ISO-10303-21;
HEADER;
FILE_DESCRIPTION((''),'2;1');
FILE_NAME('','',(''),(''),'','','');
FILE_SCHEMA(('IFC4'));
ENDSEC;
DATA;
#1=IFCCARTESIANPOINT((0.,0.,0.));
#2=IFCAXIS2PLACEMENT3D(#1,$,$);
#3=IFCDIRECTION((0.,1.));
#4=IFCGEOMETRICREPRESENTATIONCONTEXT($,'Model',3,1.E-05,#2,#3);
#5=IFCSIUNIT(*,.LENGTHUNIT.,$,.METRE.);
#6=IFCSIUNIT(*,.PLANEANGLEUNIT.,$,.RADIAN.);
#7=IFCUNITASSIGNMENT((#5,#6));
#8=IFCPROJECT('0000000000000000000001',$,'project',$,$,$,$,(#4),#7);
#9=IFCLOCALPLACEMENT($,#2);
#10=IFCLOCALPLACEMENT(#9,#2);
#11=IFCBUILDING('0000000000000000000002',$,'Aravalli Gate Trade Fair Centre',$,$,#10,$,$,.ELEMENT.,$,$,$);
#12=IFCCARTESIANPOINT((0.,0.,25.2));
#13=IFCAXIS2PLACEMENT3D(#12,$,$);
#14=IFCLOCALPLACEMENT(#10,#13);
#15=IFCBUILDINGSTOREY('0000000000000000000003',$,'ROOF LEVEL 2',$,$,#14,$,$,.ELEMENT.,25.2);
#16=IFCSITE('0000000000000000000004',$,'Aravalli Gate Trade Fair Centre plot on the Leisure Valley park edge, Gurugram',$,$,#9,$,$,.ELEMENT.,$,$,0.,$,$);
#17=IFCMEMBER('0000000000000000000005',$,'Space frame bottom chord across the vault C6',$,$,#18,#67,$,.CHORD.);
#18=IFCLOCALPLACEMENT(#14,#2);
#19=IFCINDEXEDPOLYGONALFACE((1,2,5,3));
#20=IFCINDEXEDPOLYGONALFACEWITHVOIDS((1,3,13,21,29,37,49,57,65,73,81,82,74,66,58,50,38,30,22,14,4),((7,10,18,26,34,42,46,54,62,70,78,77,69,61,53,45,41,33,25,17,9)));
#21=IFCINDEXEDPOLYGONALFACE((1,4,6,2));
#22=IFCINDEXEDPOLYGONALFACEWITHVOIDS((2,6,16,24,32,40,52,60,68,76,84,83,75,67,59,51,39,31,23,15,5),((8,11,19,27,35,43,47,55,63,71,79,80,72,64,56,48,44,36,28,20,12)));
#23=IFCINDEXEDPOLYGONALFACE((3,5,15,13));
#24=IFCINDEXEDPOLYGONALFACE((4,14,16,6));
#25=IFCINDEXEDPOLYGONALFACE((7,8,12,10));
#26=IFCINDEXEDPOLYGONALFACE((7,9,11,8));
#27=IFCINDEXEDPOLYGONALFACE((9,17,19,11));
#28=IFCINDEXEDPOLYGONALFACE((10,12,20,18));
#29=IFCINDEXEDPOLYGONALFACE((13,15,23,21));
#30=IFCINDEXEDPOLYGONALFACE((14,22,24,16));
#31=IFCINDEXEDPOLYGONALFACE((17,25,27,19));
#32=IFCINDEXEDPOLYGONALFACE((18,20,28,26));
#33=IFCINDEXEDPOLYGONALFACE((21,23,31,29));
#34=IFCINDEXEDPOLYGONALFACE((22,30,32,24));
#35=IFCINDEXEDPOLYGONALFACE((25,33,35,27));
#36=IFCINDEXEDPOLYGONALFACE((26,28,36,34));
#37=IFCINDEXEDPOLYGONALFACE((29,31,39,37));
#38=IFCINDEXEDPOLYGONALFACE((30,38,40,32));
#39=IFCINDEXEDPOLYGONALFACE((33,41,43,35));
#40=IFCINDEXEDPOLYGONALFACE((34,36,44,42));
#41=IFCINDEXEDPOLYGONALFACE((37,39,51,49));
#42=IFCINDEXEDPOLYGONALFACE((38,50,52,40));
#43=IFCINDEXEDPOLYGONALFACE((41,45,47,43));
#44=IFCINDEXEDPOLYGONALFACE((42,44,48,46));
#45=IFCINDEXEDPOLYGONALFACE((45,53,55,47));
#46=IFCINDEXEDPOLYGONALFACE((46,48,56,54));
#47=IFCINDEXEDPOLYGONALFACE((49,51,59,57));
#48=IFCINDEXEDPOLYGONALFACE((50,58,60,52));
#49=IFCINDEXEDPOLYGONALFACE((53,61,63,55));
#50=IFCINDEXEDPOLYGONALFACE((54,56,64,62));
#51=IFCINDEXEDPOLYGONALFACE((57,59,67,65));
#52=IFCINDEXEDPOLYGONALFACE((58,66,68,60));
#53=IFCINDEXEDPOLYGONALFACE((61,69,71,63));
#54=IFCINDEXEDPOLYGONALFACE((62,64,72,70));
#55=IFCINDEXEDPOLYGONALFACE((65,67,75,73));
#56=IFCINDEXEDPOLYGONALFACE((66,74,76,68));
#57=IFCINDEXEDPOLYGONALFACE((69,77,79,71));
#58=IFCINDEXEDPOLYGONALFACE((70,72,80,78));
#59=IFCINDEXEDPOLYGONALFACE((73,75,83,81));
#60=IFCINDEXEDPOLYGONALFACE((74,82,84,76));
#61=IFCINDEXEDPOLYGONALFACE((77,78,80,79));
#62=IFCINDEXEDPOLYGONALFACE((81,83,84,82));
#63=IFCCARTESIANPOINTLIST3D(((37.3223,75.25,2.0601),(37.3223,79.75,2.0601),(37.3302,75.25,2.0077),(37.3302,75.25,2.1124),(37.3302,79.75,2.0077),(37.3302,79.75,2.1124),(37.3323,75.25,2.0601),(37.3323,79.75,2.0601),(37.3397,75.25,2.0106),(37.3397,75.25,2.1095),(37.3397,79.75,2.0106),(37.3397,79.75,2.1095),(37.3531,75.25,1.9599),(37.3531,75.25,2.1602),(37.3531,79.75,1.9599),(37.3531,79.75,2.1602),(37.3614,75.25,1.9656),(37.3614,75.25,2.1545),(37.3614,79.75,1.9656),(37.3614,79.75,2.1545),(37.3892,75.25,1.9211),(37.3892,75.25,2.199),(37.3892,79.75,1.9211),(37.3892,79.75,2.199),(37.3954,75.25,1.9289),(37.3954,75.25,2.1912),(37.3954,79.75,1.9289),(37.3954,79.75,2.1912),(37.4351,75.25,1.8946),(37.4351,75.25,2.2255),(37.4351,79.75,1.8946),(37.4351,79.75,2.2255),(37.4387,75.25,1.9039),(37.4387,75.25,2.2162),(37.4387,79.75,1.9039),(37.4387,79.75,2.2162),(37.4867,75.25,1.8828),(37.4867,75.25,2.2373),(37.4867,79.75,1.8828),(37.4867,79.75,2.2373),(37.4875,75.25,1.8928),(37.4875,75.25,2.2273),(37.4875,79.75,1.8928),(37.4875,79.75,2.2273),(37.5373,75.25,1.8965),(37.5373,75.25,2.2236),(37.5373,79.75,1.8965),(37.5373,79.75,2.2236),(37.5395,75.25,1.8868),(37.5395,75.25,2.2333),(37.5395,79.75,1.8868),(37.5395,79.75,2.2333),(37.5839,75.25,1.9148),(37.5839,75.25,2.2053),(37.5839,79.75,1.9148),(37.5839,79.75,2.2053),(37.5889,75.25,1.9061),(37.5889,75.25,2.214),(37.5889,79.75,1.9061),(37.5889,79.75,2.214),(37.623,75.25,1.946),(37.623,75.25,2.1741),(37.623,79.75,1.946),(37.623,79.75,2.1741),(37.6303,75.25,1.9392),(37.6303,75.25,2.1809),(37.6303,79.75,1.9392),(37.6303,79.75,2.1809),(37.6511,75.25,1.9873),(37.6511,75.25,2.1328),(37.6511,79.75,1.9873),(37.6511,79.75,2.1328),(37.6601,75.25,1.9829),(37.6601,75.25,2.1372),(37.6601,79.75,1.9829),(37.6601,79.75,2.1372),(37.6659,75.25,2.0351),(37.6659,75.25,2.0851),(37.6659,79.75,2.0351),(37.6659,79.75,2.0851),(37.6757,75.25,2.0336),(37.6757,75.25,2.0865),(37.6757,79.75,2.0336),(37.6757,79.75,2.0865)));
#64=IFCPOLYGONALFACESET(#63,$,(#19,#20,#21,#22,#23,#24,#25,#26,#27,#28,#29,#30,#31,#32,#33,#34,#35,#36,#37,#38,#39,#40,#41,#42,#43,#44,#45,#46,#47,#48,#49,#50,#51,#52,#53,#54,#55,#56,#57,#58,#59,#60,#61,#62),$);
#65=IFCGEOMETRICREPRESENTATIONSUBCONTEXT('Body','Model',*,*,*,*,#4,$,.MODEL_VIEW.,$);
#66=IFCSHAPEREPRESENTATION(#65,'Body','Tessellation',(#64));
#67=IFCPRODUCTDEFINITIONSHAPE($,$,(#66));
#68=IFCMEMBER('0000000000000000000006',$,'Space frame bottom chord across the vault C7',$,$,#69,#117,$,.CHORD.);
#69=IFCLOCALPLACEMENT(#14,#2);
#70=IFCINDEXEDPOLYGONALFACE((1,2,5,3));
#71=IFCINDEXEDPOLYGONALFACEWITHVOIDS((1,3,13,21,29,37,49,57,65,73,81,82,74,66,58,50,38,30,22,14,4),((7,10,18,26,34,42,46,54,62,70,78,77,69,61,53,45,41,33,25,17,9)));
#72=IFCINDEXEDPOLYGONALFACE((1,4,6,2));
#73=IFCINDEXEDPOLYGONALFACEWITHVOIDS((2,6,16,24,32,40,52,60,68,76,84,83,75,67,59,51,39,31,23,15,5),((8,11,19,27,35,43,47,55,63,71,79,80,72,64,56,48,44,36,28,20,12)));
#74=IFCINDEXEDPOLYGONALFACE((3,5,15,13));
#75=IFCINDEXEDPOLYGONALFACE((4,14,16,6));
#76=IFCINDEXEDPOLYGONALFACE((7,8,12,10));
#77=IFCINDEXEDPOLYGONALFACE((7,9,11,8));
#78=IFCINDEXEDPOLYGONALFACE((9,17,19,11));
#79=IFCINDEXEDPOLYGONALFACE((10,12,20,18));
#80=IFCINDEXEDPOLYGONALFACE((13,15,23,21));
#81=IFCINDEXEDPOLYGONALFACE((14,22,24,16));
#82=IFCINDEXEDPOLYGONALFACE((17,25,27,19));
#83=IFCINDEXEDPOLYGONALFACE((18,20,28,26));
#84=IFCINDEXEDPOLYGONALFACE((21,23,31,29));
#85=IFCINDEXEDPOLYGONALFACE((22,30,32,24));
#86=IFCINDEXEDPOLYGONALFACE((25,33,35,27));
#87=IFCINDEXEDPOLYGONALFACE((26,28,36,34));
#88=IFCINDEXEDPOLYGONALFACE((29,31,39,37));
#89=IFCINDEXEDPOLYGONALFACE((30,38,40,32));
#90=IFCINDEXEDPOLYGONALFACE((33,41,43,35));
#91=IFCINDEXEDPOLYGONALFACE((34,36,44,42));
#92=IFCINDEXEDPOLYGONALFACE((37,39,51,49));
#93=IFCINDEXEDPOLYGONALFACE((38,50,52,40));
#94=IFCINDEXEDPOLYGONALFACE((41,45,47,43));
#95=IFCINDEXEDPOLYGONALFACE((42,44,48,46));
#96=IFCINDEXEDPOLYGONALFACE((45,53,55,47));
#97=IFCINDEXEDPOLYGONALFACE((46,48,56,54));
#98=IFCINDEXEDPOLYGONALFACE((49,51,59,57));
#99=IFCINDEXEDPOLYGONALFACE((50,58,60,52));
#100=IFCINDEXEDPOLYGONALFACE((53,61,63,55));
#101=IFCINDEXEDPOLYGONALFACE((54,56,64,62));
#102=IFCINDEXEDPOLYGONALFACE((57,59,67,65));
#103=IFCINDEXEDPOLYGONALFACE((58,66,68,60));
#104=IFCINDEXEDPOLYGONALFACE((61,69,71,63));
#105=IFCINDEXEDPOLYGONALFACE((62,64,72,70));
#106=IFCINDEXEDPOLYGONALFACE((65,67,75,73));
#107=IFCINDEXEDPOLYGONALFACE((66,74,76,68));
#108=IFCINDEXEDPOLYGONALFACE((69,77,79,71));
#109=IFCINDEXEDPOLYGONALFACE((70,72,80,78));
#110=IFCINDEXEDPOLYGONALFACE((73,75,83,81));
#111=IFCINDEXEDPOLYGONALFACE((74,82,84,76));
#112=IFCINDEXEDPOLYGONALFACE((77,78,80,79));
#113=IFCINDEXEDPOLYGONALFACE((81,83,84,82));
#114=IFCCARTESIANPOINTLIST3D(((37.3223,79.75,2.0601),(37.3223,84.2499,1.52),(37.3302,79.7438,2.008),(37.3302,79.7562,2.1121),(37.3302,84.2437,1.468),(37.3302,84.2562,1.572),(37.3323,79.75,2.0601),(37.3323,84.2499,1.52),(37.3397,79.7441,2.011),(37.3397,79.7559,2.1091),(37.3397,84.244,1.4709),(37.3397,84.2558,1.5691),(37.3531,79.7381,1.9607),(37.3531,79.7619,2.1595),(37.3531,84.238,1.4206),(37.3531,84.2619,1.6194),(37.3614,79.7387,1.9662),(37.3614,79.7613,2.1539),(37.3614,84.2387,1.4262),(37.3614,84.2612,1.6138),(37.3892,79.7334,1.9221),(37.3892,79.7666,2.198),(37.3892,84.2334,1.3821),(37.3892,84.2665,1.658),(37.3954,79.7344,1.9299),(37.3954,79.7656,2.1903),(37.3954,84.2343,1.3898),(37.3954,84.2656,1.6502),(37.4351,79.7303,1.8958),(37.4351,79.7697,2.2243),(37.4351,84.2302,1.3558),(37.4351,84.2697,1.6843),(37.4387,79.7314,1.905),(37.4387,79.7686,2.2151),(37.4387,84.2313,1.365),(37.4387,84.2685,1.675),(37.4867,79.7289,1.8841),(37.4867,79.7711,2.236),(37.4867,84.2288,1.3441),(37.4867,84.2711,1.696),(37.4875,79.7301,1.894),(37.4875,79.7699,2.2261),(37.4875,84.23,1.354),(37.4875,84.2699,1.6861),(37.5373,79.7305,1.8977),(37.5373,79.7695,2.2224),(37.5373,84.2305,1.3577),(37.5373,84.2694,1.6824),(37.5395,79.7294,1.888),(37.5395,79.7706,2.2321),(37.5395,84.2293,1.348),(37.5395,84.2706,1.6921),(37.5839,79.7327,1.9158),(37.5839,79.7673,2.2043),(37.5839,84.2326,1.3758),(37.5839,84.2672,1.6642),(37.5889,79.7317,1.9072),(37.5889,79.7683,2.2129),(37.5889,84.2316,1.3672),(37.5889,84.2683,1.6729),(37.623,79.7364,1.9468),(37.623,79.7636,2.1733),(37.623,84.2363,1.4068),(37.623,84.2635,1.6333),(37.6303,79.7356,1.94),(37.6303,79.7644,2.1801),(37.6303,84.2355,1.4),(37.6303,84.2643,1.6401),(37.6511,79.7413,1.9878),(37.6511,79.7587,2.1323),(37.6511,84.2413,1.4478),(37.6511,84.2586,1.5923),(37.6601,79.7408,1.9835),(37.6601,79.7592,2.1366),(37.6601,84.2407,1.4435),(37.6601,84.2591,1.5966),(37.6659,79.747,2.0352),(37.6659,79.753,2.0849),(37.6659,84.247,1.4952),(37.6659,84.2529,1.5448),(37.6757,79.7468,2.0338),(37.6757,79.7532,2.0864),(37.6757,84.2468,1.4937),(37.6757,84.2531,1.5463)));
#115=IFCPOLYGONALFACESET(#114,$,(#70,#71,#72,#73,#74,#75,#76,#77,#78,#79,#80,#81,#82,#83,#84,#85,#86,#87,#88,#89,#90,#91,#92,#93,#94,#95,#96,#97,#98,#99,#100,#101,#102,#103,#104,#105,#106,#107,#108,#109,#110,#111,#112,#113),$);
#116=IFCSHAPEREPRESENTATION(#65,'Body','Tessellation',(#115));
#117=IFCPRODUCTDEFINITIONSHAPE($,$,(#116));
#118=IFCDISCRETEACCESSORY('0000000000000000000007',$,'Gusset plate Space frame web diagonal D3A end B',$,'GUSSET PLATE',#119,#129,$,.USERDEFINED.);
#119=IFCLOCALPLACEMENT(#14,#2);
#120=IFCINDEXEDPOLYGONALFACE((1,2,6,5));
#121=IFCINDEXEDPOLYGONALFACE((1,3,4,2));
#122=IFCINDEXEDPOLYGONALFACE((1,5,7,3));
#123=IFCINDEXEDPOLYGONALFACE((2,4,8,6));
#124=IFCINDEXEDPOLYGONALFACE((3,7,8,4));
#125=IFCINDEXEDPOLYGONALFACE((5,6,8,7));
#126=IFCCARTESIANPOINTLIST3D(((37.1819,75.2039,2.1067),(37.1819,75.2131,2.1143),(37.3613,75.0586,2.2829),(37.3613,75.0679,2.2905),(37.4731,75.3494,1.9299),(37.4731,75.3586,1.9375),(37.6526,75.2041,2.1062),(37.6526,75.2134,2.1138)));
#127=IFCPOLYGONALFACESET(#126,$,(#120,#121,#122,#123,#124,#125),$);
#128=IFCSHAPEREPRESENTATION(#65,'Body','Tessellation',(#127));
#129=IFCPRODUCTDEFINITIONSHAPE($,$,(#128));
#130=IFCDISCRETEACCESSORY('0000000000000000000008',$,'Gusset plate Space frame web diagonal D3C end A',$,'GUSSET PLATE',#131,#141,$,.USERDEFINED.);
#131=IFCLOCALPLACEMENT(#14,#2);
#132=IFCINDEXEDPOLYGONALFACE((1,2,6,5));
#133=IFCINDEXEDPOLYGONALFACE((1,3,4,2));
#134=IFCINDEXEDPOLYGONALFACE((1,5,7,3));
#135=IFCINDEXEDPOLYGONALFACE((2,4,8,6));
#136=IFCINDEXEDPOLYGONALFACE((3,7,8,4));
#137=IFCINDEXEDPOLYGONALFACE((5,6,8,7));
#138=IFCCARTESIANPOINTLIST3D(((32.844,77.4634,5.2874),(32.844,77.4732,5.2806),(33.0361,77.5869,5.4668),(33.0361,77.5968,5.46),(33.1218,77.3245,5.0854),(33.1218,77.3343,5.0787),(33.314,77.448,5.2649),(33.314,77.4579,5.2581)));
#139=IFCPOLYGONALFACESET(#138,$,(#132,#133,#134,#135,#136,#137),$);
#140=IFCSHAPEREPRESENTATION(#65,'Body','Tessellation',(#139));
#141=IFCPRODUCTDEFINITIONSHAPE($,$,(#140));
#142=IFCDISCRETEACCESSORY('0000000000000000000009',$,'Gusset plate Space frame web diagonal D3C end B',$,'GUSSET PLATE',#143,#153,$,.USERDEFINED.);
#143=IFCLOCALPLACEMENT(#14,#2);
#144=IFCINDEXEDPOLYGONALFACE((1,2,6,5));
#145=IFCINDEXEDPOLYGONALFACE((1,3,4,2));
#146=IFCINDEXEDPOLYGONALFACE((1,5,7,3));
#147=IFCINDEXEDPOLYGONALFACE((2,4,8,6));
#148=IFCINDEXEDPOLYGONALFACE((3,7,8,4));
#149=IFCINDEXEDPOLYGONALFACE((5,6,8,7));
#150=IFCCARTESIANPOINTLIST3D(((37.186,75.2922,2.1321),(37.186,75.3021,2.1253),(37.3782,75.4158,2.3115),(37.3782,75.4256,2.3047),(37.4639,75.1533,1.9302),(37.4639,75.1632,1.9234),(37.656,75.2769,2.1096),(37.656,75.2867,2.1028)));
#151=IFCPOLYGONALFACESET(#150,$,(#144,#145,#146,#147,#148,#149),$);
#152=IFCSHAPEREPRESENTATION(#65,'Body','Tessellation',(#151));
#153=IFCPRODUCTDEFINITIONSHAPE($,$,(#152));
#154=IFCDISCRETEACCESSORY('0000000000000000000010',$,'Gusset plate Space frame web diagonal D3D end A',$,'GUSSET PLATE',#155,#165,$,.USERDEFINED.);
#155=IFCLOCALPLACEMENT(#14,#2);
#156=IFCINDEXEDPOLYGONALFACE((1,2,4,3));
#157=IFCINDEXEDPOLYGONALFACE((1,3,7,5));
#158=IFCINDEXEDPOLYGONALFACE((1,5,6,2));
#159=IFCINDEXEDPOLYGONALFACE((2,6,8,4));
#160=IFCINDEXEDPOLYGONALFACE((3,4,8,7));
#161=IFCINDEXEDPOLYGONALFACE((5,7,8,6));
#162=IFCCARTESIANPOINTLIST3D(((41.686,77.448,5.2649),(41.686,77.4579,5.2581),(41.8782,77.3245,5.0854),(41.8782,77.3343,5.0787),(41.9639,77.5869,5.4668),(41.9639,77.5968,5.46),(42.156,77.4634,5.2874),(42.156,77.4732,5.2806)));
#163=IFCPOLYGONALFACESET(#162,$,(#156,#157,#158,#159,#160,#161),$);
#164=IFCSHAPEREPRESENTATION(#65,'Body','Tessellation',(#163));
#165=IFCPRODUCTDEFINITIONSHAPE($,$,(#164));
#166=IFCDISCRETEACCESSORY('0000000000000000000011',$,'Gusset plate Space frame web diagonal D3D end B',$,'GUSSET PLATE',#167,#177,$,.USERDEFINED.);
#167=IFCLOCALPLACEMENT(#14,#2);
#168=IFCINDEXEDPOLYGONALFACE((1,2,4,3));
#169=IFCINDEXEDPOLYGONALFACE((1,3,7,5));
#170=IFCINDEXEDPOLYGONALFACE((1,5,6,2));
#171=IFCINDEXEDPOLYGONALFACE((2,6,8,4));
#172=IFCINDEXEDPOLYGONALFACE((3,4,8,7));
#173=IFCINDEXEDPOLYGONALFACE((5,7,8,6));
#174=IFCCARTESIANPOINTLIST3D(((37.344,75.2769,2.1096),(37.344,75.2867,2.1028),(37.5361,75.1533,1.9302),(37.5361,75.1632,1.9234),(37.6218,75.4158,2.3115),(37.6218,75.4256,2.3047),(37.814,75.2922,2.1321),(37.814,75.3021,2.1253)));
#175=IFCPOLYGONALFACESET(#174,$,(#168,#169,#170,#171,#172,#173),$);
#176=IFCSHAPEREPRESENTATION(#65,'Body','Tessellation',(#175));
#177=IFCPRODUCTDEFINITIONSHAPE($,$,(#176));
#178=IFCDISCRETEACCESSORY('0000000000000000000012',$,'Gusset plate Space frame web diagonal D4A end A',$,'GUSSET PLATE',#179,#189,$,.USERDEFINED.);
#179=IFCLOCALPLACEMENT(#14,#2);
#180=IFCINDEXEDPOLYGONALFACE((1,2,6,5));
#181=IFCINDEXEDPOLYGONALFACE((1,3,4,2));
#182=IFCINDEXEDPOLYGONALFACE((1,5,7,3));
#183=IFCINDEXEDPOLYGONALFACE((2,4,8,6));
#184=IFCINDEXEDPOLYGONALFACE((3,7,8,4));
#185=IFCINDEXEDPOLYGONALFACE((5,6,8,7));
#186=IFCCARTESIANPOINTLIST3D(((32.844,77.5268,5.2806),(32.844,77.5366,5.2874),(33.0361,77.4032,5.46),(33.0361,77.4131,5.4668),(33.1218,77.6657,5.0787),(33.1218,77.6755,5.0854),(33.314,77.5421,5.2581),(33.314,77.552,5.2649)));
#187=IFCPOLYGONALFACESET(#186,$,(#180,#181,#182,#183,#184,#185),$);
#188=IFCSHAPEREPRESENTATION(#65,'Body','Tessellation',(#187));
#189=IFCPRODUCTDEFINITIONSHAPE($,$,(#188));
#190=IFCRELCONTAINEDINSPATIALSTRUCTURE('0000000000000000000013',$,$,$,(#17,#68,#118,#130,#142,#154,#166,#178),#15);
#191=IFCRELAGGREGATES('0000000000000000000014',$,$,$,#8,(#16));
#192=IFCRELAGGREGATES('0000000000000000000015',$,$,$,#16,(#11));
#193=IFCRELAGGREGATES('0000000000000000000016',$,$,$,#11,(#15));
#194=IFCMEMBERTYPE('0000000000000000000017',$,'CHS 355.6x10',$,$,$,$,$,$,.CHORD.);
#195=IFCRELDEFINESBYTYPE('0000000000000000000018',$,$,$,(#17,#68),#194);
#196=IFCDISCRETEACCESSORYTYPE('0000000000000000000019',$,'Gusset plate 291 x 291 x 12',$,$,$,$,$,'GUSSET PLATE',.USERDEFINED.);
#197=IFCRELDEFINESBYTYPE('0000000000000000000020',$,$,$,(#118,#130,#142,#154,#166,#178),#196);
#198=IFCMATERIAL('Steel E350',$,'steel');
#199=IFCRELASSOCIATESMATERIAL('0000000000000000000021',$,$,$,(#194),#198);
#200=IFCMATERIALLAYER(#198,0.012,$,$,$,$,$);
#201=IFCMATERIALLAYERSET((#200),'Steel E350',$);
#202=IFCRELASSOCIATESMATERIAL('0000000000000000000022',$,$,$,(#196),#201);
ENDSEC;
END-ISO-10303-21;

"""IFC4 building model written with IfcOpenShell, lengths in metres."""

from ifc_helpers import new_model, si_unit, direction, frame, origin, origin_2d, place, context, subcontext, project, spatial, polyline, hollow_circle, outline, extrude, material, layer, layer_set, material_profile, profile_set, type_object, element, save


model = new_model("IFC4")

# Units and contexts
model_context = context("Model", 3, precision=1e-05, world=origin(), true_north=direction((0.0, 1.0)))
body_context = subcontext(model_context, "Body", "Model", "MODEL_VIEW")
ifc_project = project(units=[si_unit("LENGTHUNIT", "METRE"), si_unit("PLANEANGLEUNIT", "RADIAN")], contexts=[model_context])

# Site, building, storey
site_placement = place(None, origin())
site = spatial("IfcSite", under=ifc_project, at=site_placement, Name="Aravalli Gate Trade Fair Centre plot on the Leisure Valley park edge, Gurugram", CompositionType="ELEMENT", RefElevation=0.0)
building_placement = place(site_placement, origin())
building = spatial("IfcBuilding", under=site, at=building_placement, Name="Aravalli Gate Trade Fair Centre", CompositionType="ELEMENT")
storey_placement = place(building_placement, frame((0.0, 0.0, 25.2)))
storey = spatial("IfcBuildingStorey", under=building, at=storey_placement, Name="ROOF LEVEL 2", CompositionType="ELEMENT", Elevation=25.2)

# Members
ifc_material = material(Name="Steel E350", Category="steel")
ifc_material_profile_1 = material_profile(ifc_material, hollow_circle(Radius=0.1777, WallThickness=0.01, at=origin_2d()), Name="CHS 355.6x10")
ifc_profile_set_1 = profile_set([ifc_material_profile_1], Name="Steel E350")
member_type_1 = type_object("IfcMemberType", Name="CHS 355.6x10", PredefinedType="CHORD", material=ifc_profile_set_1)
member_1_placement = place(storey_placement, frame((37.5, 75.25, 2.0601), z_axis=(0.0, 1.0, 0.0), x_axis=(-1.0, 0.0, 0.0)))
element("IfcMember", 1, at=member_1_placement, inside=storey, type_object=member_type_1, Name="Space frame bottom chord across the vault C6", PredefinedType="CHORD", context=body_context, shape_type="SweptSolid", body=[
    extrude(hollow_circle(Radius=0.1777, WallThickness=0.01, at=origin_2d()), origin(), (0.0, 0.0, 1.0), 4.5),
])
member_2_placement = place(storey_placement, frame((37.5, 79.75, 2.0601), z_axis=(0.0, 0.992876, -0.119154), x_axis=(-1.0, 0.0, 0.0)))
element("IfcMember", 2, at=member_2_placement, inside=storey, type_object=member_type_1, Name="Space frame bottom chord across the vault C7", PredefinedType="CHORD", context=body_context, shape_type="SweptSolid", body=[
    extrude(hollow_circle(Radius=0.1777, WallThickness=0.01, at=origin_2d()), origin(), (0.0, 0.0, 1.0), 4.5322),
])

# Discrete accessories
ifc_layer = layer(ifc_material, 0.012)
ifc_layer_set = layer_set([ifc_layer], Name="Steel E350")
discrete_accessory_type = type_object("IfcDiscreteAccessoryType", Name="Gusset plate 291 x 291 x 12", ElementType="GUSSET PLATE", PredefinedType="USERDEFINED", material=ifc_layer_set)
discrete_accessory_1_placement = place(storey_placement, frame((37.1819, 75.2131, 2.1143), z_axis=(0.000259, 0.771844, 0.635812), x_axis=(0.78619, 0.392765, -0.477118)))
element("IfcDiscreteAccessory", 3, at=discrete_accessory_1_placement, inside=storey, type_object=discrete_accessory_type, Name="Gusset plate Space frame web diagonal D3A end B", ObjectType="GUSSET PLATE", PredefinedType="USERDEFINED", context=body_context, shape_type="SweptSolid", body=[
    extrude(outline(polyline([(0.0, 0.0), (0.3705, 0.0), (0.3704, -0.2905), (-0.0001, -0.2905), (0.0, 0.0)])), origin(), (0.0, 0.0, -1.0), 0.012),
])
discrete_accessory_2_placement = place(storey_placement, frame((33.1218, 77.3245, 5.0854), z_axis=(0.000137, -0.82375, 0.566952), x_axis=(-0.749929, 0.374965, 0.544984)))
element("IfcDiscreteAccessory", 4, at=discrete_accessory_2_placement, inside=storey, type_object=discrete_accessory_type, Name="Gusset plate Space frame web diagonal D3C end A", ObjectType="GUSSET PLATE", PredefinedType="USERDEFINED", context=body_context, shape_type="SweptSolid", body=[
    extrude(outline(polyline([(0.0, 0.0), (0.3705, 0.0), (0.3705, -0.2905), (0.0, -0.2905), (0.0, 0.0)])), origin(), (0.0, 0.0, -1.0), 0.012),
])
discrete_accessory_3_placement = place(storey_placement, frame((37.186, 75.2922, 2.1321), z_axis=(0.000137, -0.82375, 0.566952), x_axis=(0.749929, -0.374965, -0.544984)))
element("IfcDiscreteAccessory", 5, at=discrete_accessory_3_placement, inside=storey, type_object=discrete_accessory_type, Name="Gusset plate Space frame web diagonal D3C end B", ObjectType="GUSSET PLATE", PredefinedType="USERDEFINED", context=body_context, shape_type="SweptSolid", body=[
    extrude(outline(polyline([(0.0, 0.0), (0.3705, 0.0), (0.3705, 0.2905), (0.0, 0.2905), (0.0, 0.0)])), origin(), (0.0, 0.0, -1.0), 0.012),
])
discrete_accessory_4_placement = place(storey_placement, frame((41.686, 77.448, 5.2649), z_axis=(-0.000137, -0.82375, 0.566952), x_axis=(0.749929, 0.374965, 0.544984)))
element("IfcDiscreteAccessory", 6, at=discrete_accessory_4_placement, inside=storey, type_object=discrete_accessory_type, Name="Gusset plate Space frame web diagonal D3D end A", ObjectType="GUSSET PLATE", PredefinedType="USERDEFINED", context=body_context, shape_type="SweptSolid", body=[
    extrude(outline(polyline([(0.0, 0.0), (0.3705, 0.0), (0.3705, -0.2905), (0.0, -0.2905), (0.0, 0.0)])), origin(), (0.0, 0.0, -1.0), 0.012),
])
for number, where, z_axis, x_axis, name in (
    (7, (37.6218, 75.4158, 2.3115), (-0.000137, -0.82375, 0.566952), (-0.749929, -0.374965, -0.544984), "Gusset plate Space frame web diagonal D3D end B"),
    (8, (33.1218, 77.6755, 5.0854), (0.000137, 0.82375, 0.566952), (-0.749929, -0.374965, 0.544984), "Gusset plate Space frame web diagonal D4A end A"),
):
    element("IfcDiscreteAccessory", number, at=place(storey_placement, frame(where, z_axis=z_axis, x_axis=x_axis)), inside=storey, type_object=discrete_accessory_type, Name=name, ObjectType="GUSSET PLATE", PredefinedType="USERDEFINED", context=body_context, shape_type="SweptSolid", body=[
        extrude(outline(polyline([(0.0, 0.0), (0.3705, 0.0), (0.3705, 0.2905), (0.0, 0.2905), (0.0, 0.0)])), origin(), (0.0, 0.0, -1.0), 0.012),
    ])

save(model, "model.ifc")
